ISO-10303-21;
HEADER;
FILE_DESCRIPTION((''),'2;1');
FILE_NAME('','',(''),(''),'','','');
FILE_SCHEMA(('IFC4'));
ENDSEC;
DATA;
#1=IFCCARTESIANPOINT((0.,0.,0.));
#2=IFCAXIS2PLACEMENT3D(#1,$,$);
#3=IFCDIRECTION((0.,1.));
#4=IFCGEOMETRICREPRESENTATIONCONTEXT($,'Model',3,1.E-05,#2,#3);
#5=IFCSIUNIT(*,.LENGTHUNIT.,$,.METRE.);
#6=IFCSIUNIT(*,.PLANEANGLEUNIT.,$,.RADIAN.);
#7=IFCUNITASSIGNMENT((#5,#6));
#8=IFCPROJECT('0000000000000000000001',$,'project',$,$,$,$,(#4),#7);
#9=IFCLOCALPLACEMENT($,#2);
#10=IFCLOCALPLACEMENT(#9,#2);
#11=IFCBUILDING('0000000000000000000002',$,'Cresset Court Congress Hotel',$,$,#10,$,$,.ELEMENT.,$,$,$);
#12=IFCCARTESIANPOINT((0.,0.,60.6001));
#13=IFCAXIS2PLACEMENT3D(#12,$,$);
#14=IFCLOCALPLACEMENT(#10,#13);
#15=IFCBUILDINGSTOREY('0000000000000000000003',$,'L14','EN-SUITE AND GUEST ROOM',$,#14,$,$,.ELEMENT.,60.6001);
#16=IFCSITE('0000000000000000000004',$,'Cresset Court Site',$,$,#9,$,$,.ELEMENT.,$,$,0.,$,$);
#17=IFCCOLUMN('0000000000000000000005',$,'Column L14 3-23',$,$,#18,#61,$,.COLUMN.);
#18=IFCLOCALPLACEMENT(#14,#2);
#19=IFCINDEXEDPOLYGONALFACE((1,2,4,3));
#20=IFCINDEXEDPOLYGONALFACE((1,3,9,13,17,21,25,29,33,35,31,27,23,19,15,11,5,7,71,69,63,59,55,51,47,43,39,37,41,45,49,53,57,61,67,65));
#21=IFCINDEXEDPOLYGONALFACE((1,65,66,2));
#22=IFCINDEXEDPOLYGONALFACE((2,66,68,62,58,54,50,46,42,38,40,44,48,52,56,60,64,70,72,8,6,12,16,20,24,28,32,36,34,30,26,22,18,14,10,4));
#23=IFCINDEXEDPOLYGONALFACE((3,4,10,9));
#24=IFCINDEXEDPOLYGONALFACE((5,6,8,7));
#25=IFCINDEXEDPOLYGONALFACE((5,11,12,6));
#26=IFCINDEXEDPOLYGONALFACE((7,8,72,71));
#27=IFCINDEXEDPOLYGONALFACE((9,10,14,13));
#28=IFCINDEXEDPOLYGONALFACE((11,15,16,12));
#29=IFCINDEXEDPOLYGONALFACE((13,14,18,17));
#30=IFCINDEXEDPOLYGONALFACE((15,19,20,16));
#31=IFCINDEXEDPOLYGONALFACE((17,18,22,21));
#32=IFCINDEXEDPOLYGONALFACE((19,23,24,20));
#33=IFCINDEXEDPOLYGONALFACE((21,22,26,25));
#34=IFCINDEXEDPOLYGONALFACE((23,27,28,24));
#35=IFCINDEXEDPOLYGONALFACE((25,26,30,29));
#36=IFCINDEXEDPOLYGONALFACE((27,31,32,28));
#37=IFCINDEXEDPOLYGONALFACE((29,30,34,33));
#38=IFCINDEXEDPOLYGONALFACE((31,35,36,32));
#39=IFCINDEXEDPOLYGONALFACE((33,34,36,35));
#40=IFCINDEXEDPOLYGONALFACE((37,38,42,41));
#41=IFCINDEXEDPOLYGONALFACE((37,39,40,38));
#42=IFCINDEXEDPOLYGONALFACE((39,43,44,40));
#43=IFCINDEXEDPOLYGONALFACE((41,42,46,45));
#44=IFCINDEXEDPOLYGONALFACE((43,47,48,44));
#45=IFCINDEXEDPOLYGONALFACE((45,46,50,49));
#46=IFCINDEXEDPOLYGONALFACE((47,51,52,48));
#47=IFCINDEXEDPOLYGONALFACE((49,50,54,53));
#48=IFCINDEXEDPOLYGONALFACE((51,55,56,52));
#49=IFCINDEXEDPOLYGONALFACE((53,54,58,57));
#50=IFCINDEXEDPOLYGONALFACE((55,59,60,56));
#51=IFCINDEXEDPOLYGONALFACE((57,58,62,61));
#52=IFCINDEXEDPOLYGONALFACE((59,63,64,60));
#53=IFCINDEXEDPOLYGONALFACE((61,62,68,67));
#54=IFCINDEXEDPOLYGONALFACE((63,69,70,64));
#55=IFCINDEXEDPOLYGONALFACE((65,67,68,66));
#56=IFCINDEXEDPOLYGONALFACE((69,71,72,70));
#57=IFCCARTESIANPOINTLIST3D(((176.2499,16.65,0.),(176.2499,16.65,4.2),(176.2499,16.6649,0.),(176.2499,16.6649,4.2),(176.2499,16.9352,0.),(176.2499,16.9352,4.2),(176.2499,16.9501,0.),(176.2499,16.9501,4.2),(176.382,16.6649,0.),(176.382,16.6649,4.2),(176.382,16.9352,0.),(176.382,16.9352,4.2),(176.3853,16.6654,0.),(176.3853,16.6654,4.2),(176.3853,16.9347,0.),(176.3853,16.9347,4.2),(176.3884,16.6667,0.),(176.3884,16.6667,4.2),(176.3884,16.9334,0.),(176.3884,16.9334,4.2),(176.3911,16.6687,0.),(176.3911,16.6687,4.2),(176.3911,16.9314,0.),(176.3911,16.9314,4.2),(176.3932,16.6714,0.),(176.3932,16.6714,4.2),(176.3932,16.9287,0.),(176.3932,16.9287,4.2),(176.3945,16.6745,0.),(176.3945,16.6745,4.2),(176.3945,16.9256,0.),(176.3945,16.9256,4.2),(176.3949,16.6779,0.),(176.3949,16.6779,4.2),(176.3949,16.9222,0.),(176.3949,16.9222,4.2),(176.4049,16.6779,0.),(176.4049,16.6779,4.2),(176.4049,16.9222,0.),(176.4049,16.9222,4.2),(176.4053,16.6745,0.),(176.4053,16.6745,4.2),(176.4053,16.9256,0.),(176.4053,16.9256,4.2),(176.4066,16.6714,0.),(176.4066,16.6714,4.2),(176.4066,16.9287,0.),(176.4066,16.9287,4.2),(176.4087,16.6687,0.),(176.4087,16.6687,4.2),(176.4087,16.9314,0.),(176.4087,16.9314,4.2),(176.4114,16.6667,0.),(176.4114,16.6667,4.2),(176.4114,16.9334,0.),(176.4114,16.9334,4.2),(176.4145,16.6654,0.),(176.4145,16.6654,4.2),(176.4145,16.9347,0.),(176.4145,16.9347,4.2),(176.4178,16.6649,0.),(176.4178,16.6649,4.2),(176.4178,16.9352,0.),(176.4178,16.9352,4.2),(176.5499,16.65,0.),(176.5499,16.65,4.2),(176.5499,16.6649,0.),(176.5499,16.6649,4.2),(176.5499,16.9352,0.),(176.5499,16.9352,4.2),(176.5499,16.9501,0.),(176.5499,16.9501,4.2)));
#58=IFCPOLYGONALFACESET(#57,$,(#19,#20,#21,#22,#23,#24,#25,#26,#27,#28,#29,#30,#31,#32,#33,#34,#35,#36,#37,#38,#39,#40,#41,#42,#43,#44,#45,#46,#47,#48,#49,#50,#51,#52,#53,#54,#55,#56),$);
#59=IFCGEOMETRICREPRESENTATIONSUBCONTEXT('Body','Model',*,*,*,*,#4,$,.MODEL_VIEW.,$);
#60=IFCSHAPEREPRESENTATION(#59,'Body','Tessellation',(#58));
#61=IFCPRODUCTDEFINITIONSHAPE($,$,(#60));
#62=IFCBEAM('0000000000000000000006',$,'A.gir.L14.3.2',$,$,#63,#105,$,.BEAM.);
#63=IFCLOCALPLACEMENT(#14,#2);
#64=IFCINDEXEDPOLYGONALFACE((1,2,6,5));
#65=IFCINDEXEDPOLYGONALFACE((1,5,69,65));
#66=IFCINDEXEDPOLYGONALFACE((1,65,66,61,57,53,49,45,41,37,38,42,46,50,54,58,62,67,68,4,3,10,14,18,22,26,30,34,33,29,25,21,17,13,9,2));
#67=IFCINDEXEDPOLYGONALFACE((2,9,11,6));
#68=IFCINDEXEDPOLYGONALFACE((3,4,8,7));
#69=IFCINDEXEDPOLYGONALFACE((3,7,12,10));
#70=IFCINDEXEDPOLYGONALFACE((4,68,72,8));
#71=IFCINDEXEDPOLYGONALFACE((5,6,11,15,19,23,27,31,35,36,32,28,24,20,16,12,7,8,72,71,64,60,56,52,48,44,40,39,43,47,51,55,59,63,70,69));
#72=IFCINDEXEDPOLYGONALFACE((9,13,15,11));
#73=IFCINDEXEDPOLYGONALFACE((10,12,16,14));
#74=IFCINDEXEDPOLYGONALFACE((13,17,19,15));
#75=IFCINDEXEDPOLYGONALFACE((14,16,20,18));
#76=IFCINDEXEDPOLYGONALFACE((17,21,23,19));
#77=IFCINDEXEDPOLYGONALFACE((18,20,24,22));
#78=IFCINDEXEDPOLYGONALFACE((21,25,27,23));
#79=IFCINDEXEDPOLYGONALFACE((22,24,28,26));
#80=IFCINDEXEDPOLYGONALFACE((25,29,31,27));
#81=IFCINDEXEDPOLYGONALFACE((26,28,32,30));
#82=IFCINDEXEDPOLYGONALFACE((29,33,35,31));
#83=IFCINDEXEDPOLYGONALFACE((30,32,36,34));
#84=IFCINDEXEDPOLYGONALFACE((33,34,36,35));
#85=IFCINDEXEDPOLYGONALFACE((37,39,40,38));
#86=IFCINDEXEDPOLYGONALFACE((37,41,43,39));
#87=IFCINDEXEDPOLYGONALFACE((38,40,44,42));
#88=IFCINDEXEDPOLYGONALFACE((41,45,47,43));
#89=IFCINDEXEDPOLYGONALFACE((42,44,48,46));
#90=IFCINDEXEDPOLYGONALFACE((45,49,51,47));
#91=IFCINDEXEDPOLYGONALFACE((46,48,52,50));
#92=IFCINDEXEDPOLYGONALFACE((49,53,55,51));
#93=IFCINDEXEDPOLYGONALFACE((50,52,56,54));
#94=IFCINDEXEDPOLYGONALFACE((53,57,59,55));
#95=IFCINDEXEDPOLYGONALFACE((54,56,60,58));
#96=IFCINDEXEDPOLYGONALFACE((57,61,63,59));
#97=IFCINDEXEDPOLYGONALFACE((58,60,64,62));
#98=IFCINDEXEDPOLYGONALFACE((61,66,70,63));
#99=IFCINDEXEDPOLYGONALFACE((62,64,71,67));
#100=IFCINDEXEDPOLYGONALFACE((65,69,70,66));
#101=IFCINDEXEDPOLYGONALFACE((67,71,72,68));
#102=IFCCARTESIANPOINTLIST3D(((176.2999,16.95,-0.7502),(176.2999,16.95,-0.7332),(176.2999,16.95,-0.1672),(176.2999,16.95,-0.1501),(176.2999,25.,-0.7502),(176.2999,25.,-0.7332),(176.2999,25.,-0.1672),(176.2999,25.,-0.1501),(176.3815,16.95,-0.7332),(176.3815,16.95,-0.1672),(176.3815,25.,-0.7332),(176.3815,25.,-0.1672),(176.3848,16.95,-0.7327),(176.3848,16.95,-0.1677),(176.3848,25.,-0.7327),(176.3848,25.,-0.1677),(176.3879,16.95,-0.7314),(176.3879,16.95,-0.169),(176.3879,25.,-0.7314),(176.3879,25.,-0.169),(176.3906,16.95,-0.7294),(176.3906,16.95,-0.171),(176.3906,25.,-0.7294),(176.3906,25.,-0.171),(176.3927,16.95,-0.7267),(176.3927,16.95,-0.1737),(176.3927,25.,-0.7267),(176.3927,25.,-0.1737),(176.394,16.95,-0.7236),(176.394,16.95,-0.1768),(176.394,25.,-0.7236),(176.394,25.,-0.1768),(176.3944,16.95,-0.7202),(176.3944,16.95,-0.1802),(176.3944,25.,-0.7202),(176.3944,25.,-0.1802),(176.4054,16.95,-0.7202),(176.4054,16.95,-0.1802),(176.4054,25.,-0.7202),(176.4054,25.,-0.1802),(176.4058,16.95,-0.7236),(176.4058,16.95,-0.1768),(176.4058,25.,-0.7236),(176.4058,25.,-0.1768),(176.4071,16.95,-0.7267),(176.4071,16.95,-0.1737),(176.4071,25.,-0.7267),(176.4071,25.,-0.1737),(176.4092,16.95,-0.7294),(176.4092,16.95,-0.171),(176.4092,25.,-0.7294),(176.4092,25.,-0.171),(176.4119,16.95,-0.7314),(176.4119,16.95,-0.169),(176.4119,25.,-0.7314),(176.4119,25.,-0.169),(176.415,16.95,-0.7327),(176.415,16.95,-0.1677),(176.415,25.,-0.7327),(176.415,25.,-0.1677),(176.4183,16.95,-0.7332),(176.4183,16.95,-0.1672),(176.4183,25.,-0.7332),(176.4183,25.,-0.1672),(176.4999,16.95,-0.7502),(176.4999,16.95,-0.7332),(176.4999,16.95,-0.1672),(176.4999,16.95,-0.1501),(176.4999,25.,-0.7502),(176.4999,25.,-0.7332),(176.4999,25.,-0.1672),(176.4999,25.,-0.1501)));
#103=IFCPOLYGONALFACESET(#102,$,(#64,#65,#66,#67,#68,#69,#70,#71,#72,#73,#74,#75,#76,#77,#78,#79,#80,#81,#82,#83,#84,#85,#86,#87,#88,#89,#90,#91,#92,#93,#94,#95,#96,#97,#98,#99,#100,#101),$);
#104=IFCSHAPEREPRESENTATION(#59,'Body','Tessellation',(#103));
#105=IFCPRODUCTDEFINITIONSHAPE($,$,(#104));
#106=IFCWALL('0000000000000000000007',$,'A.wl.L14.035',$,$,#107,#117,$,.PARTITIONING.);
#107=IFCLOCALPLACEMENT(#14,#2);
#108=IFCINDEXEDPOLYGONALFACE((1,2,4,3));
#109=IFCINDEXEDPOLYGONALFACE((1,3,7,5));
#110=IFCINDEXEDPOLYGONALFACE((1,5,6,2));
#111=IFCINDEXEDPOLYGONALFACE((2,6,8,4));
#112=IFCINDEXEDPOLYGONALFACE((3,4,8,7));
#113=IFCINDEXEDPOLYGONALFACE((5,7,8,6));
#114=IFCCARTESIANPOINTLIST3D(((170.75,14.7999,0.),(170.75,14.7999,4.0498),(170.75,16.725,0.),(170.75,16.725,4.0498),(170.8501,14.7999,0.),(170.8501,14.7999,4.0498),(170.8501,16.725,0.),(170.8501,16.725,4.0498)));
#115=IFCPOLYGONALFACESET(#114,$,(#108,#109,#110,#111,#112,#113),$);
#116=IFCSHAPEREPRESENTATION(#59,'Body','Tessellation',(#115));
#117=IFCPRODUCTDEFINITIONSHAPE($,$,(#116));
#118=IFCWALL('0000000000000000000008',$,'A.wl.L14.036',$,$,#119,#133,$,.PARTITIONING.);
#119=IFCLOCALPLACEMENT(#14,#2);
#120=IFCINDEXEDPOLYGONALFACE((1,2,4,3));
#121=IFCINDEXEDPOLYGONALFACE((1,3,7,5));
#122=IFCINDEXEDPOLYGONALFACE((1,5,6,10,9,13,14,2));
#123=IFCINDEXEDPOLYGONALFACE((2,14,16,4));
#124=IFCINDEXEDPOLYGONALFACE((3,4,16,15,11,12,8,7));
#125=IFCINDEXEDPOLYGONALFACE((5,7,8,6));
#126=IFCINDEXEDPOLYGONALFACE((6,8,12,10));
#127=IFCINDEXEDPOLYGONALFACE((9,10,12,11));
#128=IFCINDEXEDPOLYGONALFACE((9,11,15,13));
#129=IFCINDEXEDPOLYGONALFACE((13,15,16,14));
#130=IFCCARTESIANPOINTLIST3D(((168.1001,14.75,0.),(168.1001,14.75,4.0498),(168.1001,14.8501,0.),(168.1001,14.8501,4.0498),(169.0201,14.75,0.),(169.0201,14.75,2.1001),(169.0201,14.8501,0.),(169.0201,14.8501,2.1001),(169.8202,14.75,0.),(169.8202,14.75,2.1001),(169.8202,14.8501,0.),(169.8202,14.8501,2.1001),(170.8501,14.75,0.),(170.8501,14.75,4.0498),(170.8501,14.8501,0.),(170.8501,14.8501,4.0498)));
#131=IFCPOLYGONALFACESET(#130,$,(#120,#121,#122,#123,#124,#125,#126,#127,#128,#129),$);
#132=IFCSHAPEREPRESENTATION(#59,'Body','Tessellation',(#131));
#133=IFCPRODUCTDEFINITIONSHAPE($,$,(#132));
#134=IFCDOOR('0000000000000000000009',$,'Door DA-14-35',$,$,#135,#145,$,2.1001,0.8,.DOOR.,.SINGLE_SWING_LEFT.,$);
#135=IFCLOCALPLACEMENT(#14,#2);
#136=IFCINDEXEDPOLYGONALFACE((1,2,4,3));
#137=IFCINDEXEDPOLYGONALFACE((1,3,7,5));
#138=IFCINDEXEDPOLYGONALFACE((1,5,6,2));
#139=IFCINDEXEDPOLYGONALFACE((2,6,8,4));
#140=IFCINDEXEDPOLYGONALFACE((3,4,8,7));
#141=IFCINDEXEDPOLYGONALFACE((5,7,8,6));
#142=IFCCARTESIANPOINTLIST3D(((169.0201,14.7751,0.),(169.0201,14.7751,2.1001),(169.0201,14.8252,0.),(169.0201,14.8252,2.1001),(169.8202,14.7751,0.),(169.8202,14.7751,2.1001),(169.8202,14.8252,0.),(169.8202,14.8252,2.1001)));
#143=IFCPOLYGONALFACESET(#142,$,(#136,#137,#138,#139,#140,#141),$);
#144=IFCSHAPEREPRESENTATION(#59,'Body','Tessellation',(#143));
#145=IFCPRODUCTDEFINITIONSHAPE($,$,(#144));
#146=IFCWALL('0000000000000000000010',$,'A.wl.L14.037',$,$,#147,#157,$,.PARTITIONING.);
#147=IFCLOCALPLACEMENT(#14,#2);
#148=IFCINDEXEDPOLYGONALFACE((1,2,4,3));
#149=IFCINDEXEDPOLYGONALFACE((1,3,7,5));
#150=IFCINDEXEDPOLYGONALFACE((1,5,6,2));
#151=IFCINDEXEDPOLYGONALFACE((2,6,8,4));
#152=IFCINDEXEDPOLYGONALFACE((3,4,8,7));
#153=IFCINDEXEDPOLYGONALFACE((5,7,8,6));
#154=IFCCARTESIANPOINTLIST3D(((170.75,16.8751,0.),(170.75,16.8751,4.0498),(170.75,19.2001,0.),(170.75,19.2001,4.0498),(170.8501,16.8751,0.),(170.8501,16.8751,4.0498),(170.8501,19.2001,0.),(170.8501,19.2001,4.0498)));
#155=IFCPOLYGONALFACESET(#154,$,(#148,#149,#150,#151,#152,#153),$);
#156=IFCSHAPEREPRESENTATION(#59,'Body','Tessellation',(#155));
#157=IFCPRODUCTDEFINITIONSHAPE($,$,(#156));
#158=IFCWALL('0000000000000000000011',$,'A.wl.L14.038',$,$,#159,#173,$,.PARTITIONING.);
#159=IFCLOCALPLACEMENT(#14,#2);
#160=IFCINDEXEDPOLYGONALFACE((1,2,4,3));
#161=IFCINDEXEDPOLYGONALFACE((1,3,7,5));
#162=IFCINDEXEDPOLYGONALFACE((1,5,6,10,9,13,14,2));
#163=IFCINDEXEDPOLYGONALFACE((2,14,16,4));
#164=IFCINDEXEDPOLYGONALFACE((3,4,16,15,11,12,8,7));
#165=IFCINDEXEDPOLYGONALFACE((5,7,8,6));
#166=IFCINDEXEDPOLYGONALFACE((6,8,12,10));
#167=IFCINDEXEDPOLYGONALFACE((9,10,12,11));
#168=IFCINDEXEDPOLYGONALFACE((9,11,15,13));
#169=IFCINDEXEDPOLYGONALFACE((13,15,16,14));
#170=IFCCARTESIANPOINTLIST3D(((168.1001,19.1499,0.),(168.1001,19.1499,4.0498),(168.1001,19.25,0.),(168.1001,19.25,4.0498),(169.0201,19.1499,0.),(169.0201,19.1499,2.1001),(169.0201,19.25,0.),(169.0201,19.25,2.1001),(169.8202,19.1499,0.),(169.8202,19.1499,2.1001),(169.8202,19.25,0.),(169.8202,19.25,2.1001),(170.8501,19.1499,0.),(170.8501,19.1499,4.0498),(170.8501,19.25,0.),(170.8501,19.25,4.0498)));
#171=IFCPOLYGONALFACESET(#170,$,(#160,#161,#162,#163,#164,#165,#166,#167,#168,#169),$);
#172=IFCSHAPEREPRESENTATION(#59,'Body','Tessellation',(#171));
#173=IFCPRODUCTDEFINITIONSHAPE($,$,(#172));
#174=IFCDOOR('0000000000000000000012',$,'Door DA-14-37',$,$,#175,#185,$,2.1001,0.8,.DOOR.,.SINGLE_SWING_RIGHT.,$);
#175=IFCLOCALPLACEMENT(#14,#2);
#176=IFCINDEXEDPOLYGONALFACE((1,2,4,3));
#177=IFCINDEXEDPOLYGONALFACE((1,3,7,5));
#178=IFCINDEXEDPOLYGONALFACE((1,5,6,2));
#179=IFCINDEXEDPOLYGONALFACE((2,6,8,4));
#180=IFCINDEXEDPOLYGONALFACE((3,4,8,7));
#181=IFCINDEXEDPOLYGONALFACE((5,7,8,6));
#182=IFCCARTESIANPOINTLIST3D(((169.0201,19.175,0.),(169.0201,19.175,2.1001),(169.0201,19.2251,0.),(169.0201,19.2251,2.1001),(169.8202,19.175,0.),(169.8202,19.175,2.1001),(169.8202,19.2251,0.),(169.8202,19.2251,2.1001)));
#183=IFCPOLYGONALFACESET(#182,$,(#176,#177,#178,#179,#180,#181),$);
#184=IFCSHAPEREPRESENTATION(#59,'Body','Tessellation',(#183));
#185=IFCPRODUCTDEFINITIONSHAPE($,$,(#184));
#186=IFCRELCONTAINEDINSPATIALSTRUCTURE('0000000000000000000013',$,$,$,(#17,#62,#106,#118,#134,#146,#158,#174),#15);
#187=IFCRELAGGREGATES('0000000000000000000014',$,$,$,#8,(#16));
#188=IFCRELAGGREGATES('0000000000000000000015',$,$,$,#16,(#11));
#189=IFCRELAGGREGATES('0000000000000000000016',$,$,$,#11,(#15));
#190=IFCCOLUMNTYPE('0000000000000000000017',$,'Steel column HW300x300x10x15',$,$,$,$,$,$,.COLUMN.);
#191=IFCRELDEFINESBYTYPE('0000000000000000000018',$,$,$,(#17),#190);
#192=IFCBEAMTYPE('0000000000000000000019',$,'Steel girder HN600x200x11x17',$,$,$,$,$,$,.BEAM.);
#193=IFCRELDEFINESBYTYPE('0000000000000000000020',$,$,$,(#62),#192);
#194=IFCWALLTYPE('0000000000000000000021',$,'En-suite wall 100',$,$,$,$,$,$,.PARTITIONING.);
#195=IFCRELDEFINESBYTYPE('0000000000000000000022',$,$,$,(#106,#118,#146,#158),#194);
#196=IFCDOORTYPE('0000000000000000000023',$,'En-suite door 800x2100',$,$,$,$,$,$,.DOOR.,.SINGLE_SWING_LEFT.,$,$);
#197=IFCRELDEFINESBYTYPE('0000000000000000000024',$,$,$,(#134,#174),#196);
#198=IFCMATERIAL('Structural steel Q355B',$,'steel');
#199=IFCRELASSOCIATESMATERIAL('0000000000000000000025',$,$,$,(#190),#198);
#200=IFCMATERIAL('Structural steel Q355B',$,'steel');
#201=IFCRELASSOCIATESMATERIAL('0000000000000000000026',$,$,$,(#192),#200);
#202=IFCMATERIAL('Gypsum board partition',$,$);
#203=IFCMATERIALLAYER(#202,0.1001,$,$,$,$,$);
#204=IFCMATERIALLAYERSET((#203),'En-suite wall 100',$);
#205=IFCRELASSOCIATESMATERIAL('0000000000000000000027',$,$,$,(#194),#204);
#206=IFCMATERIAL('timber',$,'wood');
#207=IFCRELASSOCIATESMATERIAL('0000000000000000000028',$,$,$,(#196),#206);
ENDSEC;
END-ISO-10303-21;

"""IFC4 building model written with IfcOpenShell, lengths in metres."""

from ifc_helpers import new_model, si_unit, direction, frame, frame_2d, origin, origin_2d, place, context, subcontext, project, spatial, rectangle, i_section, extrude, material, layer, layer_set, material_profile, profile_set, type_object, element, fill, save


model = new_model("IFC4")

# Units and contexts
model_context = context("Model", 3, precision=1e-05, world=origin(), true_north=direction((0.0, 1.0)))
body_context = subcontext(model_context, "Body", "Model", "MODEL_VIEW")
ifc_project = project(units=[si_unit("LENGTHUNIT", "METRE"), si_unit("PLANEANGLEUNIT", "RADIAN")], contexts=[model_context])

# Site, building, storey
site_placement = place(None, origin())
site = spatial("IfcSite", under=ifc_project, at=site_placement, Name="Cresset Court Site", CompositionType="ELEMENT", RefElevation=0.0)
building_placement = place(site_placement, origin())
building = spatial("IfcBuilding", under=site, at=building_placement, Name="Cresset Court Congress Hotel", CompositionType="ELEMENT")
storey_placement = place(building_placement, frame((0.0, 0.0, 60.6001)))
storey = spatial("IfcBuildingStorey", under=building, at=storey_placement, Name="L14", Description="EN-SUITE AND GUEST ROOM", CompositionType="ELEMENT", Elevation=60.6001)

# Column
ifc_material_1 = material(Name="Structural steel Q355B", Category="steel")
ifc_material_profile_1 = material_profile(ifc_material_1, i_section(OverallWidth=0.3, OverallDepth=0.3, WebThickness=0.01, FlangeThickness=0.0149, FilletRadius=0.0129, at=origin_2d()), Name="HW300x300x10x15")
ifc_profile_set_1 = profile_set([ifc_material_profile_1], Name="Structural steel Q355B")
column_type = type_object("IfcColumnType", Name="Steel column HW300x300x10x15", PredefinedType="COLUMN", material=ifc_profile_set_1)
column_placement = place(storey_placement, frame((176.3999, 16.8, 0.0), z_axis=(0.0, 0.0, 1.0), x_axis=(1.0, 0.0, 0.0)))
element("IfcColumn", 1, at=column_placement, inside=storey, type_object=column_type, Name="Column L14 3-23", PredefinedType="COLUMN", context=body_context, shape_type="SweptSolid", body=[
    extrude(i_section(OverallWidth=0.3, OverallDepth=0.3, WebThickness=0.01, FlangeThickness=0.0149, FilletRadius=0.0129, at=origin_2d()), origin(), (0.0, 0.0, 1.0), 4.2),
])

# Beam
ifc_material_2 = material(Name="Structural steel Q355B", Category="steel")
ifc_material_profile_2 = material_profile(ifc_material_2, i_section(OverallWidth=0.2, OverallDepth=0.6001, WebThickness=0.011, FlangeThickness=0.0171, FilletRadius=0.0129, at=origin_2d()), Name="HN600x200x11x17")
ifc_profile_set_2 = profile_set([ifc_material_profile_2], Name="Structural steel Q355B")
beam_type = type_object("IfcBeamType", Name="Steel girder HN600x200x11x17", PredefinedType="BEAM", material=ifc_profile_set_2)
beam_placement = place(storey_placement, frame((176.3999, 16.95, -0.4502), z_axis=(0.0, 1.0, 0.0), x_axis=(-1.0, 0.0, 0.0)))
element("IfcBeam", 2, at=beam_placement, inside=storey, type_object=beam_type, Name="A.gir.L14.3.2", PredefinedType="BEAM", context=body_context, shape_type="SweptSolid", body=[
    extrude(i_section(OverallWidth=0.2, OverallDepth=0.6001, WebThickness=0.011, FlangeThickness=0.0171, FilletRadius=0.0129, at=origin_2d()), origin(), (0.0, 0.0, 1.0), 8.05),
])

# Wall
ifc_material_3 = material(Name="Gypsum board partition")
ifc_layer = layer(ifc_material_3, 0.1001)
ifc_layer_set = layer_set([ifc_layer], Name="En-suite wall 100")
wall_type = type_object("IfcWallType", Name="En-suite wall 100", PredefinedType="PARTITIONING", material=ifc_layer_set)
wall_1_placement = place(storey_placement, frame((170.8, 14.8, 0.0), z_axis=(0.0, 0.0, 1.0), x_axis=(0.0, 1.0, 0.0)))
element("IfcWall", 3, at=wall_1_placement, inside=storey, type_object=wall_type, Name="A.wl.L14.035", PredefinedType="PARTITIONING", context=body_context, shape_type="SweptSolid", body=[
    extrude(rectangle(XDim=1.925, YDim=0.1001, at=frame_2d((0.9624, 0.0))), origin(), (0.0, 0.0, 1.0), 4.0498),
])

# Wall, opening, door
wall_2_placement = place(storey_placement, frame((170.8501, 14.8, 0.0), z_axis=(0.0, 0.0, 1.0), x_axis=(-1.0, 0.0, 0.0)))
wall_2 = element("IfcWall", 4, at=wall_2_placement, inside=storey, type_object=wall_type, Name="A.wl.L14.036", PredefinedType="PARTITIONING", context=body_context, shape_type="SweptSolid", body=[
    extrude(rectangle(XDim=2.75, YDim=0.1001, at=frame_2d((1.375, 0.0))), origin(), (0.0, 0.0, 1.0), 4.0498),
])
opening_1_placement = place(wall_2_placement, frame((1.03, 0.0, 0.0)))
opening_1 = element("IfcOpeningElement", 5, at=opening_1_placement, cuts=wall_2, PredefinedType="OPENING", context=body_context, shape_type="SweptSolid", body=[
    extrude(rectangle(XDim=0.8, YDim=2.1001, at=frame_2d((0.3999, 1.05))), frame((0.0, 0.0601, 0.0), z_axis=(0.0, -1.0, 0.0), x_axis=(1.0, 0.0, 0.0)), (0.0, 0.0, 1.0), 0.1201),
])
ifc_material_4 = material(Name="timber", Category="wood")
door_type = type_object("IfcDoorType", Name="En-suite door 800x2100", OperationType="SINGLE_SWING_LEFT", PredefinedType="DOOR", material=ifc_material_4)
door_1_placement = place(opening_1_placement, origin())
door_1 = element("IfcDoor", 6, at=door_1_placement, inside=storey, type_object=door_type, Name="Door DA-14-35", OperationType="SINGLE_SWING_LEFT", OverallHeight=2.1001, OverallWidth=0.8, PredefinedType="DOOR", context=body_context, shape_type="SweptSolid", body=[
    extrude(rectangle(XDim=0.8, YDim=2.1001, at=frame_2d((0.3999, 1.05))), frame((0.0, 0.0249, 0.0), z_axis=(0.0, -1.0, 0.0), x_axis=(1.0, 0.0, 0.0)), (0.0, 0.0, 1.0), 0.05),
])
fill(opening_1, door_1)

# Wall
wall_3_placement = place(storey_placement, frame((170.8, 16.875, 0.0), z_axis=(0.0, 0.0, 1.0), x_axis=(0.0, 1.0, 0.0)))
element("IfcWall", 7, at=wall_3_placement, inside=storey, type_object=wall_type, Name="A.wl.L14.037", PredefinedType="PARTITIONING", context=body_context, shape_type="SweptSolid", body=[
    extrude(rectangle(XDim=2.325, YDim=0.1001, at=frame_2d((1.1626, 0.0))), origin(), (0.0, 0.0, 1.0), 4.0498),
])

# Wall, opening, door
wall_4_placement = place(storey_placement, frame((170.8501, 19.2, 0.0), z_axis=(0.0, 0.0, 1.0), x_axis=(-1.0, 0.0, 0.0)))
wall_4 = element("IfcWall", 8, at=wall_4_placement, inside=storey, type_object=wall_type, Name="A.wl.L14.038", PredefinedType="PARTITIONING", context=body_context, shape_type="SweptSolid", body=[
    extrude(rectangle(XDim=2.75, YDim=0.1001, at=frame_2d((1.375, 0.0))), origin(), (0.0, 0.0, 1.0), 4.0498),
])
opening_2_placement = place(wall_4_placement, frame((1.03, 0.0, 0.0)))
opening_2 = element("IfcOpeningElement", 9, at=opening_2_placement, cuts=wall_4, PredefinedType="OPENING", context=body_context, shape_type="SweptSolid", body=[
    extrude(rectangle(XDim=0.8, YDim=2.1001, at=frame_2d((0.3999, 1.05))), frame((0.0, 0.0601, 0.0), z_axis=(0.0, -1.0, 0.0), x_axis=(1.0, 0.0, 0.0)), (0.0, 0.0, 1.0), 0.1201),
])
door_2_placement = place(opening_2_placement, origin())
door_2 = element("IfcDoor", 10, at=door_2_placement, inside=storey, type_object=door_type, Name="Door DA-14-37", OperationType="SINGLE_SWING_RIGHT", OverallHeight=2.1001, OverallWidth=0.8, PredefinedType="DOOR", context=body_context, shape_type="SweptSolid", body=[
    extrude(rectangle(XDim=0.8, YDim=2.1001, at=frame_2d((0.3999, 1.05))), frame((0.0, 0.0249, 0.0), z_axis=(0.0, -1.0, 0.0), x_axis=(1.0, 0.0, 0.0)), (0.0, 0.0, 1.0), 0.05),
])
fill(opening_2, door_2)

save(model, "model.ifc")
